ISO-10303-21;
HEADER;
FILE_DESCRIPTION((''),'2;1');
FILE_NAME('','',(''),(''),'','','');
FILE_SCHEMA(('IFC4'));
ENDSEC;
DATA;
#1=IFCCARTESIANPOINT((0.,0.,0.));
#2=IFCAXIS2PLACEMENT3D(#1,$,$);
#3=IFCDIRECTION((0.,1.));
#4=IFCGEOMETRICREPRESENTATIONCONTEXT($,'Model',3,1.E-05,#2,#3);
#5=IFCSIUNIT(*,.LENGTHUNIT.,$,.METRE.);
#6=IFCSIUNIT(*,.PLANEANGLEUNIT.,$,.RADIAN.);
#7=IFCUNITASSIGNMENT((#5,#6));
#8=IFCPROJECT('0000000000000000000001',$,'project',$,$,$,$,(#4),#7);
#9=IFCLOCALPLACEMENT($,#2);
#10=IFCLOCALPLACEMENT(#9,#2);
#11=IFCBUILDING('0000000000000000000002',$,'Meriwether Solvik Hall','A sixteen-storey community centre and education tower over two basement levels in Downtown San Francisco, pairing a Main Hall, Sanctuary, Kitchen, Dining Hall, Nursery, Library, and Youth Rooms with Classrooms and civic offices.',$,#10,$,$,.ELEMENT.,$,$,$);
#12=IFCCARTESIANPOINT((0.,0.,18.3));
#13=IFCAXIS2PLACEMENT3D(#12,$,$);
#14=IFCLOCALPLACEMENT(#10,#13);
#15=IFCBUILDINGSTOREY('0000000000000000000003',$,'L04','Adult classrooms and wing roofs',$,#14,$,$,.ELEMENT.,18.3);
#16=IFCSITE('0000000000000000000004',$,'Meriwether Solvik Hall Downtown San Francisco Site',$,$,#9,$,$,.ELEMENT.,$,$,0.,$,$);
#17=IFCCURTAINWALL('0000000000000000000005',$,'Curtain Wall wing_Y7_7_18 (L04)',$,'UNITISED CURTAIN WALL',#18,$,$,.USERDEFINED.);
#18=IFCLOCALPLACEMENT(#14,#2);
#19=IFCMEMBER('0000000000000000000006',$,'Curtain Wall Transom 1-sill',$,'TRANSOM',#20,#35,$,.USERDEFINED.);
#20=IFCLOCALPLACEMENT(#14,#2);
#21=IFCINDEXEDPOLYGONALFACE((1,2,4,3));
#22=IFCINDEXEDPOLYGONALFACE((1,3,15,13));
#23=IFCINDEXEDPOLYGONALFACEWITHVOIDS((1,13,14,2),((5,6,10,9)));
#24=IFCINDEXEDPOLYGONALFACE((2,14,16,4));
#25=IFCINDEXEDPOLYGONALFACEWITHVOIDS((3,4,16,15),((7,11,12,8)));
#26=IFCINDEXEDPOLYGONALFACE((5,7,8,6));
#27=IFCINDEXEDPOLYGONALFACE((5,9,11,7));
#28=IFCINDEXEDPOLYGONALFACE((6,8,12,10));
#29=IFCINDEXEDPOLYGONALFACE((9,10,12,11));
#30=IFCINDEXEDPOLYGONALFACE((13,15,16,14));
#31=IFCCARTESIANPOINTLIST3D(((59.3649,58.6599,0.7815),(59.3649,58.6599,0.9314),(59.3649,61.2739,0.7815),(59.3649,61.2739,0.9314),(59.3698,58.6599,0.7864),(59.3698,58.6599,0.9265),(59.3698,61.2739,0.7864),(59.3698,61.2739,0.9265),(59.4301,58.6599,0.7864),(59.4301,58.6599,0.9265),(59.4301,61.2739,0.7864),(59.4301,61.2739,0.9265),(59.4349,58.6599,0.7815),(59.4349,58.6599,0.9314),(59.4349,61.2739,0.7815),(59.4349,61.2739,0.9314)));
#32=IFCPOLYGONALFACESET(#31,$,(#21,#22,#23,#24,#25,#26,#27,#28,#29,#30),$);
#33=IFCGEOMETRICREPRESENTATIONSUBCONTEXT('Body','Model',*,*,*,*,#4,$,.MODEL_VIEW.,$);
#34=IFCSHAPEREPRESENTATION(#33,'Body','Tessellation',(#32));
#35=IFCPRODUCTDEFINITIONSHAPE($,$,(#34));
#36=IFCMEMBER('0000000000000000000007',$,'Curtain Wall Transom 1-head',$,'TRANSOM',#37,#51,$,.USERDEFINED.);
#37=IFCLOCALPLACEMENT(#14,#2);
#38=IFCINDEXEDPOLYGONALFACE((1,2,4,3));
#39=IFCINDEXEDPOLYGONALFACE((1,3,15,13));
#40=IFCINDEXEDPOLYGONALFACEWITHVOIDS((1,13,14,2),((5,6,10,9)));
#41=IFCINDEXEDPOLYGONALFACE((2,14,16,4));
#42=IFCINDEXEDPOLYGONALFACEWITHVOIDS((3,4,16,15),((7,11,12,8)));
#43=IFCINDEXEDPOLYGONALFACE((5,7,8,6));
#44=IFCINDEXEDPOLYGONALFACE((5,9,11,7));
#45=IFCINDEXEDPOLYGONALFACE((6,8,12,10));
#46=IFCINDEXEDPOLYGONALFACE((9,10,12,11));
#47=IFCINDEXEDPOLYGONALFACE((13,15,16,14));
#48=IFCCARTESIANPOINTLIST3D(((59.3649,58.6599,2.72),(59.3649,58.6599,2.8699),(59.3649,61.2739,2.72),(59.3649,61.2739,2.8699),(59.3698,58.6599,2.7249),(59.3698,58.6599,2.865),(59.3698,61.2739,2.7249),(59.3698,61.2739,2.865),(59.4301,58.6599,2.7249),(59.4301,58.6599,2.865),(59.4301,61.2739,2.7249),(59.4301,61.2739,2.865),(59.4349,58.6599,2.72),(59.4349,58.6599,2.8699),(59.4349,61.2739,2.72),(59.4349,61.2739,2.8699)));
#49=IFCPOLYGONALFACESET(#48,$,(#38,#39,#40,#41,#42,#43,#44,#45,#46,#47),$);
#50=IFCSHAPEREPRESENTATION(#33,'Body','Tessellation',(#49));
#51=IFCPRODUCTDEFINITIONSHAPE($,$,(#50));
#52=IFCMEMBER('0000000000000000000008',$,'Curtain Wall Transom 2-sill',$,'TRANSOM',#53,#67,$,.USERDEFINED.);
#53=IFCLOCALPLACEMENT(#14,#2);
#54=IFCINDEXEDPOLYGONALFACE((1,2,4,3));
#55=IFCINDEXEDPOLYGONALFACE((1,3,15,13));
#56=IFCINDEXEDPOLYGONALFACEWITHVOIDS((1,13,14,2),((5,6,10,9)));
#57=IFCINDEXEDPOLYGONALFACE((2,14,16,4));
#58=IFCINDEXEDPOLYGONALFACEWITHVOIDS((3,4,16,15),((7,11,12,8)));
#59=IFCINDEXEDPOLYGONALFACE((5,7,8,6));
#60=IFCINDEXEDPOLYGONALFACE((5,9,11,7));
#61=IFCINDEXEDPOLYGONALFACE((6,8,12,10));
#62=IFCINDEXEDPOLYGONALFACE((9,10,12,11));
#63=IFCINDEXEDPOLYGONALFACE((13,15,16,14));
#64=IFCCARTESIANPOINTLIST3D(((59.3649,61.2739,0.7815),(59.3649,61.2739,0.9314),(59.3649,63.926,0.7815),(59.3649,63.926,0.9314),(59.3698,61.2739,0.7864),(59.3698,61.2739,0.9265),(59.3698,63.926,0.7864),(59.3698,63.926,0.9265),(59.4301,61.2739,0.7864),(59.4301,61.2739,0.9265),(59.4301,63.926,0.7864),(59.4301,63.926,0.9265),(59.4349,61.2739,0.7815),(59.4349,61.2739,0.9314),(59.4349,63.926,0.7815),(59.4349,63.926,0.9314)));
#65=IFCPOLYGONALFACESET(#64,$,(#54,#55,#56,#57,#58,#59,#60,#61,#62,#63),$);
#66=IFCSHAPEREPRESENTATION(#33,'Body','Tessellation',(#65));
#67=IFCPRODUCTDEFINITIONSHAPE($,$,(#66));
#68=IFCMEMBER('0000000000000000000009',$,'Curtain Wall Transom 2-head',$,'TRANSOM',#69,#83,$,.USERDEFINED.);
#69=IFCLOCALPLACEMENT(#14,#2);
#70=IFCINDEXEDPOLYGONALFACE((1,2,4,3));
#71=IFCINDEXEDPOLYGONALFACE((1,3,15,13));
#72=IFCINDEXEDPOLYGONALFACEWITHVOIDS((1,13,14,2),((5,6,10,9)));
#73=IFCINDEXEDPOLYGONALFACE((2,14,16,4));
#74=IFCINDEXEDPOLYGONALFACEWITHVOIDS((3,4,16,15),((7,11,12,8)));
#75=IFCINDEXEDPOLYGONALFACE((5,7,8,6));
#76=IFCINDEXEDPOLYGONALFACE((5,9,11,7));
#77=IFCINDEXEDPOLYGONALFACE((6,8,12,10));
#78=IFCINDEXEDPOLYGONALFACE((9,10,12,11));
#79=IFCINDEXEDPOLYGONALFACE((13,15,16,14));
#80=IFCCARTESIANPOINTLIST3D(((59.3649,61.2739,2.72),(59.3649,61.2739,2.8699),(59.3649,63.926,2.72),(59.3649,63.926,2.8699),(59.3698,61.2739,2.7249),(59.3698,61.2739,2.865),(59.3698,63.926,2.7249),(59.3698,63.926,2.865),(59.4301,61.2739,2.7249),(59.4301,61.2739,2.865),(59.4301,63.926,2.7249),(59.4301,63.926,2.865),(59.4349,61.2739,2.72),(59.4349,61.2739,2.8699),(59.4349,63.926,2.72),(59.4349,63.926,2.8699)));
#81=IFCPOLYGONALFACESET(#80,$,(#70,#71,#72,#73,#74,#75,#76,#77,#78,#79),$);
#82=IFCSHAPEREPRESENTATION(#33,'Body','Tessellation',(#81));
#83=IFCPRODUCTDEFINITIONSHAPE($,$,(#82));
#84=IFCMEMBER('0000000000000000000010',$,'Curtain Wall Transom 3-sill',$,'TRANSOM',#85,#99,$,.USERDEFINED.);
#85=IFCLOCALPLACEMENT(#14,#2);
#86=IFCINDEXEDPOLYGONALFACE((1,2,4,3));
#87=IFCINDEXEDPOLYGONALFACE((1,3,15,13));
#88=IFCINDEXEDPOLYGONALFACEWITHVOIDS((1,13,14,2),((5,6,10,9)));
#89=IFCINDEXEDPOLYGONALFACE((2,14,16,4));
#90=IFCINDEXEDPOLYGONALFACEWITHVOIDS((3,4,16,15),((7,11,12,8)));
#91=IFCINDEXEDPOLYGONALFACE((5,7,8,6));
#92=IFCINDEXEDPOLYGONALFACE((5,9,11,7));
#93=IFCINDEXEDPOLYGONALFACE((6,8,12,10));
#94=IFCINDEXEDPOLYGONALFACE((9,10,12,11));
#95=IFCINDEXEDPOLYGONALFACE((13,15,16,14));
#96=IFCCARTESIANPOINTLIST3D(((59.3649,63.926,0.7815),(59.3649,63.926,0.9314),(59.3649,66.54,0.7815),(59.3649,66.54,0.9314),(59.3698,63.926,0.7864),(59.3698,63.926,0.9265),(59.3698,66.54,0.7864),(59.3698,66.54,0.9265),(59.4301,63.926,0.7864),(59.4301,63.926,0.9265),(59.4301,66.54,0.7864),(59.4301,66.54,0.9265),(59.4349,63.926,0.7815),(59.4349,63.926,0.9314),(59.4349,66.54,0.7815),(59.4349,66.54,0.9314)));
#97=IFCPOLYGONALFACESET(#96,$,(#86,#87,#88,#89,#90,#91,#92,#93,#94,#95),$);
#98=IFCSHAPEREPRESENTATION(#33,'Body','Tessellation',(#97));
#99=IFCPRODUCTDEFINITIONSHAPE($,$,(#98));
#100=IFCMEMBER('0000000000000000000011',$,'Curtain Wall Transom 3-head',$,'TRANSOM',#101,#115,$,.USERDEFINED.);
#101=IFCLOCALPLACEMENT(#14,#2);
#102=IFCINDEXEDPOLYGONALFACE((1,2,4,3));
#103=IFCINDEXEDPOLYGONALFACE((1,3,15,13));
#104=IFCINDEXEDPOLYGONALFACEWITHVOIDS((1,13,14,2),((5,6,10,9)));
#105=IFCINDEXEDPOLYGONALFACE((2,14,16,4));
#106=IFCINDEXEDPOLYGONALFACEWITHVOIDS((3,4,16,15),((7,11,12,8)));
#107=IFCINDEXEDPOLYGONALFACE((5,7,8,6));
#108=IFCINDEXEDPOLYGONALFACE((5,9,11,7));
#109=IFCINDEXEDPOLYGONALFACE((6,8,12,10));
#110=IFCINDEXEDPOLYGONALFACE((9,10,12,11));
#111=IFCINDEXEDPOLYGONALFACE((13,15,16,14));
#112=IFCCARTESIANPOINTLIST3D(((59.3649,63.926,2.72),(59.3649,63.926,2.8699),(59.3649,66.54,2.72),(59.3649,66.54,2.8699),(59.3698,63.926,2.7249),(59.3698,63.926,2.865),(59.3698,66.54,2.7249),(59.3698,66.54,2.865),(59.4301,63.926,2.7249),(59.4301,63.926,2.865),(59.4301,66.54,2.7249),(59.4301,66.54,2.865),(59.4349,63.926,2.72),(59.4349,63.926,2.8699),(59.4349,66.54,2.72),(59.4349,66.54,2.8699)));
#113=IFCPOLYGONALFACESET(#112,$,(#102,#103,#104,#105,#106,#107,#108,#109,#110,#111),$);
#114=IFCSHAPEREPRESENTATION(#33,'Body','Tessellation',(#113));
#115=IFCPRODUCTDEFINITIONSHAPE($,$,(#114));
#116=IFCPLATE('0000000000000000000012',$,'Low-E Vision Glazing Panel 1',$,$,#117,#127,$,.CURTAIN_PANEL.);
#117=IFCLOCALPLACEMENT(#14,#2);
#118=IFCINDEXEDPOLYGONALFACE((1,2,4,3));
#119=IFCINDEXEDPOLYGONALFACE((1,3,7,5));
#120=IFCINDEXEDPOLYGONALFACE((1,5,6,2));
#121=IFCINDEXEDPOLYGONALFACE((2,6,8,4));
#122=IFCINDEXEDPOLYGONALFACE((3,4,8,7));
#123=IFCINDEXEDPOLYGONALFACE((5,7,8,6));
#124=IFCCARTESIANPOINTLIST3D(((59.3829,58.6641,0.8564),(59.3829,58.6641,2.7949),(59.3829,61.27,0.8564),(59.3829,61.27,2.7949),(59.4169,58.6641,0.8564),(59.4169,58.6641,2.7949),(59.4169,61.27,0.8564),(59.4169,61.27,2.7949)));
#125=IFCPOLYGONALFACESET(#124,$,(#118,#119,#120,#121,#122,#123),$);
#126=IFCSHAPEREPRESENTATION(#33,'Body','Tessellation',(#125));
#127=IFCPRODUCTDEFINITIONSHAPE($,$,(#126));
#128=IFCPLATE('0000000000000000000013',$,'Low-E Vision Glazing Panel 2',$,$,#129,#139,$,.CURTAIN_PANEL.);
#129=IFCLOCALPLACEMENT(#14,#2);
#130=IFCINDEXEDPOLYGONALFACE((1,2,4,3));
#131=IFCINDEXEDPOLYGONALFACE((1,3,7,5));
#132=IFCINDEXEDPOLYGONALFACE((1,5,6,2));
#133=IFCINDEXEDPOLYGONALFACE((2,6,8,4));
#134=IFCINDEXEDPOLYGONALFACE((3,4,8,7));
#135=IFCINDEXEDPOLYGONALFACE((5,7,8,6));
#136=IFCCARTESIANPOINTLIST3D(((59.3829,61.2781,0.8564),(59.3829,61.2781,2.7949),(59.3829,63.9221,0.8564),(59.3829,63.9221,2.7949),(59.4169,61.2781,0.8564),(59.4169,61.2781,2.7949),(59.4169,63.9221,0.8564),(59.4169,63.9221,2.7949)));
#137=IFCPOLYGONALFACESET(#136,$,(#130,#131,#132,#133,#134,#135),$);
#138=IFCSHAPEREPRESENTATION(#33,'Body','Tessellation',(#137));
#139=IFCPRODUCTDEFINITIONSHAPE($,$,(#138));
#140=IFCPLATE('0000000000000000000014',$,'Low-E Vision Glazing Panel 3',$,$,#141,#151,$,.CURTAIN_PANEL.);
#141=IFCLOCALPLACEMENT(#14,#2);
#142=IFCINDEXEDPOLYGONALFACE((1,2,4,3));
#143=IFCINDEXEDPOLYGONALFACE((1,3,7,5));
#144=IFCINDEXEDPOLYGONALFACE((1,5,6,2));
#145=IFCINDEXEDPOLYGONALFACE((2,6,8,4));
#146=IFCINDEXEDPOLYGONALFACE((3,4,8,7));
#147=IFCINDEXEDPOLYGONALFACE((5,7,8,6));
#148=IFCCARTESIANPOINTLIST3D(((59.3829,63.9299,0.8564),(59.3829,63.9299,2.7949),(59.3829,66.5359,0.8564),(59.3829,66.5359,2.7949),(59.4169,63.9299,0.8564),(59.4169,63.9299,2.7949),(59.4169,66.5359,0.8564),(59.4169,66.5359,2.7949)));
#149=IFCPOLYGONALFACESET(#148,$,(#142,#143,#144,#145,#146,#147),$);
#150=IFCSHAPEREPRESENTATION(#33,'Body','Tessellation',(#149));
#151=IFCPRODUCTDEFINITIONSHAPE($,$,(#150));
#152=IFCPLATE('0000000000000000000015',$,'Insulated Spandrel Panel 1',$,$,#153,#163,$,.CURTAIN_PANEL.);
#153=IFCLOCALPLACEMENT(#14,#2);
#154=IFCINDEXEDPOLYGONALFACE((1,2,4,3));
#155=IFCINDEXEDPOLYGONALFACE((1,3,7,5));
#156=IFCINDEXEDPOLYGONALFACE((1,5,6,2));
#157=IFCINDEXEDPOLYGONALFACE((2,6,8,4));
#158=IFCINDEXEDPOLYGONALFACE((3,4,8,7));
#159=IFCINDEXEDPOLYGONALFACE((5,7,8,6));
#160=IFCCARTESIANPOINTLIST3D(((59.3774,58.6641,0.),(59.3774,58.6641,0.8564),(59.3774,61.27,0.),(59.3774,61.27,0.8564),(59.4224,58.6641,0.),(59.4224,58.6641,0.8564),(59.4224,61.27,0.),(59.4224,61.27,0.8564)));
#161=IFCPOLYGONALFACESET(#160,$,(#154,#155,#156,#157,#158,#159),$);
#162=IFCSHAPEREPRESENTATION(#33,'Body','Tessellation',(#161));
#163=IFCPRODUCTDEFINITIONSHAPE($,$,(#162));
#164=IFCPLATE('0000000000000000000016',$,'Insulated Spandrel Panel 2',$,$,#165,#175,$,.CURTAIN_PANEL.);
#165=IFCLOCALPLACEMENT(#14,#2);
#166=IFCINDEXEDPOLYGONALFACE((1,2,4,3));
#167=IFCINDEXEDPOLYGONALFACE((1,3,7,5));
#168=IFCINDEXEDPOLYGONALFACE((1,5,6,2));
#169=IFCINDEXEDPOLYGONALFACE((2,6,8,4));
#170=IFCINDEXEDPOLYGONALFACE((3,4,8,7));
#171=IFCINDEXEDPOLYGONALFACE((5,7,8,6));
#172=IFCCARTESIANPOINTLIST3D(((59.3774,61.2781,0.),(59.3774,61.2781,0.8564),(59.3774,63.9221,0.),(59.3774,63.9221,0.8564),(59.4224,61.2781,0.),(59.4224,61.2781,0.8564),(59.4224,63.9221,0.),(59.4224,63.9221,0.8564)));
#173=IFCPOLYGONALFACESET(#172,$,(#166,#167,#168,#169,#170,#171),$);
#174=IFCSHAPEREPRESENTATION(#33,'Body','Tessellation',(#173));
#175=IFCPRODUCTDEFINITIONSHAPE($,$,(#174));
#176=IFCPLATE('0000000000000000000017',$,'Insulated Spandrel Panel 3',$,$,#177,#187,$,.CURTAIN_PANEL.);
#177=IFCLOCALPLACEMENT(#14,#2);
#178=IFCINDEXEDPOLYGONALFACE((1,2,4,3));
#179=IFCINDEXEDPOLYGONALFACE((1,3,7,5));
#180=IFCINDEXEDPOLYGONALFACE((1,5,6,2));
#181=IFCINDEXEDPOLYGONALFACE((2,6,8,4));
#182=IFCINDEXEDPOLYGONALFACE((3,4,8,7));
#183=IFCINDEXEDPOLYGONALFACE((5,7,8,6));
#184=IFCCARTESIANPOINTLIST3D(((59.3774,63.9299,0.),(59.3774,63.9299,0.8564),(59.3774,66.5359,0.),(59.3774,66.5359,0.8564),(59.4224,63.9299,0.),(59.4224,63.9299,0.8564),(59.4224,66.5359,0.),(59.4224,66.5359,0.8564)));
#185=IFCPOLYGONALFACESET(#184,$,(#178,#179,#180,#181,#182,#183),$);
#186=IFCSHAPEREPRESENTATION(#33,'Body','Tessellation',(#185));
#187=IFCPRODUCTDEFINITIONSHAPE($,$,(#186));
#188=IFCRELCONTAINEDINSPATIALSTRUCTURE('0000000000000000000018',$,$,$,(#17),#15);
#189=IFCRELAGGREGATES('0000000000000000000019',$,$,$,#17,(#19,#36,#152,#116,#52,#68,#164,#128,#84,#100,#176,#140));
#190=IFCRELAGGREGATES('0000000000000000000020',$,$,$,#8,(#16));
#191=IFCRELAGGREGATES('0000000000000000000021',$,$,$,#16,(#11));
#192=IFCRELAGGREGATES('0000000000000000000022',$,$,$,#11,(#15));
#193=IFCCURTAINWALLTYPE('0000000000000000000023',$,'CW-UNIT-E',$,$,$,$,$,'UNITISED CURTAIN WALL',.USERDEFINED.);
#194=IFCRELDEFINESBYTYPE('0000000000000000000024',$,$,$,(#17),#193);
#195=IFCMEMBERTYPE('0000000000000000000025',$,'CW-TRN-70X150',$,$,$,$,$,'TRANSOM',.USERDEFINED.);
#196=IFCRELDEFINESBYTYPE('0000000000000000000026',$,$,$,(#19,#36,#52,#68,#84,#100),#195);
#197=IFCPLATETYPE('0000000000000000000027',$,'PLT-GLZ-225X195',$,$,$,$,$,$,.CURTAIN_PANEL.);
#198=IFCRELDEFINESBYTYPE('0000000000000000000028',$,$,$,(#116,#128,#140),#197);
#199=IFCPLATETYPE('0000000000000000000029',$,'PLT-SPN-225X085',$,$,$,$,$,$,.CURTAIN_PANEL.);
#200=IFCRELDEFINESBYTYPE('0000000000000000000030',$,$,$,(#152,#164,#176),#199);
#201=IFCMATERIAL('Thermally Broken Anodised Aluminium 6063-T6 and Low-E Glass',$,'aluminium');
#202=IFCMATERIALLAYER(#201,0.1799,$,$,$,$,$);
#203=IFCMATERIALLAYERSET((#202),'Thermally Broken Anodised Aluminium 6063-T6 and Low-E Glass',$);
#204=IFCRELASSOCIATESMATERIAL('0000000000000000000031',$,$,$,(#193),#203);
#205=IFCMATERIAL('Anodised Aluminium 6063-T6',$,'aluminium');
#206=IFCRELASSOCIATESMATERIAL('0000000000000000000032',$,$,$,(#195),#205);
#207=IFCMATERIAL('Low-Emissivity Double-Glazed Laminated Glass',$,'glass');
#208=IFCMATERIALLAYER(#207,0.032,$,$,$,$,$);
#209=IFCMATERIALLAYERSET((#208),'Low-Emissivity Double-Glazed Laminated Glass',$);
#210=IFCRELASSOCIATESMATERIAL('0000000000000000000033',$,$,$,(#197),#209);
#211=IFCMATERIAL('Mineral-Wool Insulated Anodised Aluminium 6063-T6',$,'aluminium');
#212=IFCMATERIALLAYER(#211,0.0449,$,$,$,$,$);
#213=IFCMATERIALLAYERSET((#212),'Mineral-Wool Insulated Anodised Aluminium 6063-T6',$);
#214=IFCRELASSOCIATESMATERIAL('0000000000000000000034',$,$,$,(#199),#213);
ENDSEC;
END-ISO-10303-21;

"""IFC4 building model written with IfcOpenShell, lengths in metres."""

from ifc_helpers import new_model, si_unit, direction, frame, origin, origin_2d, place, context, subcontext, project, spatial, rectangle, hollow_rectangle, extrude, material, layer, layer_set, material_profile, profile_set, type_object, element, aggregate, save


model = new_model("IFC4")

# Units and contexts
model_context = context("Model", 3, precision=1e-05, world=origin(), true_north=direction((0.0, 1.0)))
body_context = subcontext(model_context, "Body", "Model", "MODEL_VIEW")
ifc_project = project(units=[si_unit("LENGTHUNIT", "METRE"), si_unit("PLANEANGLEUNIT", "RADIAN")], contexts=[model_context])

# Site, building, storey
site_placement = place(None, origin())
site = spatial("IfcSite", under=ifc_project, at=site_placement, Name="Meriwether Solvik Hall Downtown San Francisco Site", CompositionType="ELEMENT", RefElevation=0.0)
building_placement = place(site_placement, origin())
building = spatial("IfcBuilding", under=site, at=building_placement, Name="Meriwether Solvik Hall", Description="A sixteen-storey community centre and education tower over two basement levels in Downtown San Francisco, pairing a Main Hall, Sanctuary, Kitchen, Dining Hall, Nursery, Library, and Youth Rooms with Classrooms and civic offices.", CompositionType="ELEMENT")
storey_placement = place(building_placement, frame((0.0, 0.0, 18.3)))
storey = spatial("IfcBuildingStorey", under=building, at=storey_placement, Name="L04", Description="Adult classrooms and wing roofs", CompositionType="ELEMENT", Elevation=18.3)

# Shared definitions
ifc_material_1 = material(Name="Thermally Broken Anodised Aluminium 6063-T6 and Low-E Glass", Category="aluminium")
ifc_layer_1 = layer(ifc_material_1, 0.1799)
ifc_layer_set_1 = layer_set([ifc_layer_1], Name="Thermally Broken Anodised Aluminium 6063-T6 and Low-E Glass")
curtain_wall_type = type_object("IfcCurtainWallType", Name="CW-UNIT-E", ElementType="UNITISED CURTAIN WALL", PredefinedType="USERDEFINED", material=ifc_layer_set_1)

# Curtain wall, members, plates
curtain_wall_1_placement = place(storey_placement, origin())
curtain_wall_1 = element("IfcCurtainWall", 1, at=curtain_wall_1_placement, inside=storey, type_object=curtain_wall_type, Name="Curtain Wall wing_Y7_7_18 (L04)", ObjectType="UNITISED CURTAIN WALL", PredefinedType="USERDEFINED")
ifc_material_2 = material(Name="Anodised Aluminium 6063-T6", Category="aluminium")
ifc_material_profile_1 = material_profile(ifc_material_2, hollow_rectangle(XDim=0.0701, YDim=0.1499, WallThickness=0.0049, at=origin_2d()), Name="CWT-70X150")
ifc_profile_set_1 = profile_set([ifc_material_profile_1], Name="Anodised Aluminium 6063-T6")
member_type_1 = type_object("IfcMemberType", Name="CW-TRN-70X150", ElementType="TRANSOM", PredefinedType="USERDEFINED", material=ifc_profile_set_1)
member_1_placement = place(storey_placement, frame((59.3999, 58.6599, 0.8564), z_axis=(0.0, 1.0, 0.0), x_axis=(-1.0, 0.0, 0.0)))
member_1 = element("IfcMember", 2, at=member_1_placement, type_object=member_type_1, Name="Curtain Wall Transom 1-sill", ObjectType="TRANSOM", PredefinedType="USERDEFINED", context=body_context, shape_type="SweptSolid", body=[
    extrude(hollow_rectangle(XDim=0.0701, YDim=0.1499, WallThickness=0.0049, at=origin_2d()), origin(), (0.0, 0.0, 1.0), 2.614),
])
member_2_placement = place(storey_placement, frame((59.3999, 58.6599, 2.7949), z_axis=(0.0, 1.0, 0.0), x_axis=(-1.0, 0.0, 0.0)))
member_2 = element("IfcMember", 3, at=member_2_placement, type_object=member_type_1, Name="Curtain Wall Transom 1-head", ObjectType="TRANSOM", PredefinedType="USERDEFINED", context=body_context, shape_type="SweptSolid", body=[
    extrude(hollow_rectangle(XDim=0.0701, YDim=0.1499, WallThickness=0.0049, at=origin_2d()), origin(), (0.0, 0.0, 1.0), 2.614),
])
member_3_placement = place(storey_placement, frame((59.3999, 61.2739, 0.8564), z_axis=(0.0, 1.0, 0.0), x_axis=(-1.0, 0.0, 0.0)))
member_3 = element("IfcMember", 4, at=member_3_placement, type_object=member_type_1, Name="Curtain Wall Transom 2-sill", ObjectType="TRANSOM", PredefinedType="USERDEFINED", context=body_context, shape_type="SweptSolid", body=[
    extrude(hollow_rectangle(XDim=0.0701, YDim=0.1499, WallThickness=0.0049, at=origin_2d()), origin(), (0.0, 0.0, 1.0), 2.6521),
])
member_4_placement = place(storey_placement, frame((59.3999, 61.2739, 2.7949), z_axis=(0.0, 1.0, 0.0), x_axis=(-1.0, 0.0, 0.0)))
member_4 = element("IfcMember", 5, at=member_4_placement, type_object=member_type_1, Name="Curtain Wall Transom 2-head", ObjectType="TRANSOM", PredefinedType="USERDEFINED", context=body_context, shape_type="SweptSolid", body=[
    extrude(hollow_rectangle(XDim=0.0701, YDim=0.1499, WallThickness=0.0049, at=origin_2d()), origin(), (0.0, 0.0, 1.0), 2.6521),
])
member_5_placement = place(storey_placement, frame((59.3999, 63.926, 0.8564), z_axis=(0.0, 1.0, 0.0), x_axis=(-1.0, 0.0, 0.0)))
member_5 = element("IfcMember", 6, at=member_5_placement, type_object=member_type_1, Name="Curtain Wall Transom 3-sill", ObjectType="TRANSOM", PredefinedType="USERDEFINED", context=body_context, shape_type="SweptSolid", body=[
    extrude(hollow_rectangle(XDim=0.0701, YDim=0.1499, WallThickness=0.0049, at=origin_2d()), origin(), (0.0, 0.0, 1.0), 2.614),
])
member_6_placement = place(storey_placement, frame((59.3999, 63.926, 2.7949), z_axis=(0.0, 1.0, 0.0), x_axis=(-1.0, 0.0, 0.0)))
member_6 = element("IfcMember", 7, at=member_6_placement, type_object=member_type_1, Name="Curtain Wall Transom 3-head", ObjectType="TRANSOM", PredefinedType="USERDEFINED", context=body_context, shape_type="SweptSolid", body=[
    extrude(hollow_rectangle(XDim=0.0701, YDim=0.1499, WallThickness=0.0049, at=origin_2d()), origin(), (0.0, 0.0, 1.0), 2.614),
])
ifc_material_3 = material(Name="Low-Emissivity Double-Glazed Laminated Glass", Category="glass")
ifc_layer_2 = layer(ifc_material_3, 0.032)
ifc_layer_set_2 = layer_set([ifc_layer_2], Name="Low-Emissivity Double-Glazed Laminated Glass")
plate_type_1 = type_object("IfcPlateType", Name="PLT-GLZ-225X195", PredefinedType="CURTAIN_PANEL", material=ifc_layer_set_2)
plate_1_placement = place(storey_placement, frame((59.3999, 59.967, 0.8564), z_axis=(0.0, 0.0, 1.0), x_axis=(0.0, 1.0, 0.0)))
plate_1 = element("IfcPlate", 8, at=plate_1_placement, type_object=plate_type_1, Name="Low-E Vision Glazing Panel 1", PredefinedType="CURTAIN_PANEL", context=body_context, shape_type="SweptSolid", body=[
    extrude(rectangle(XDim=2.606, YDim=0.0339, at=origin_2d()), origin(), (0.0, 0.0, 1.0), 1.9385),
])
plate_2_placement = place(storey_placement, frame((59.3999, 62.6001, 0.8564), z_axis=(0.0, 0.0, 1.0), x_axis=(0.0, 1.0, 0.0)))
plate_2 = element("IfcPlate", 9, at=plate_2_placement, type_object=plate_type_1, Name="Low-E Vision Glazing Panel 2", PredefinedType="CURTAIN_PANEL", context=body_context, shape_type="SweptSolid", body=[
    extrude(rectangle(XDim=2.644, YDim=0.0339, at=origin_2d()), origin(), (0.0, 0.0, 1.0), 1.9385),
])
plate_3_placement = place(storey_placement, frame((59.3999, 65.2329, 0.8564), z_axis=(0.0, 0.0, 1.0), x_axis=(0.0, 1.0, 0.0)))
plate_3 = element("IfcPlate", 10, at=plate_3_placement, type_object=plate_type_1, Name="Low-E Vision Glazing Panel 3", PredefinedType="CURTAIN_PANEL", context=body_context, shape_type="SweptSolid", body=[
    extrude(rectangle(XDim=2.606, YDim=0.0339, at=origin_2d()), origin(), (0.0, 0.0, 1.0), 1.9385),
])
ifc_material_4 = material(Name="Mineral-Wool Insulated Anodised Aluminium 6063-T6", Category="aluminium")
ifc_layer_3 = layer(ifc_material_4, 0.0449)
ifc_layer_set_3 = layer_set([ifc_layer_3], Name="Mineral-Wool Insulated Anodised Aluminium 6063-T6")
plate_type_2 = type_object("IfcPlateType", Name="PLT-SPN-225X085", PredefinedType="CURTAIN_PANEL", material=ifc_layer_set_3)
plate_4_placement = place(storey_placement, frame((59.3999, 59.967, 0.0), z_axis=(0.0, 0.0, 1.0), x_axis=(0.0, 1.0, 0.0)))
plate_4 = element("IfcPlate", 11, at=plate_4_placement, type_object=plate_type_2, Name="Insulated Spandrel Panel 1", PredefinedType="CURTAIN_PANEL", context=body_context, shape_type="SweptSolid", body=[
    extrude(rectangle(XDim=2.606, YDim=0.0449, at=origin_2d()), origin(), (0.0, 0.0, 1.0), 0.8564),
])
plate_5_placement = place(storey_placement, frame((59.3999, 62.6001, 0.0), z_axis=(0.0, 0.0, 1.0), x_axis=(0.0, 1.0, 0.0)))
plate_5 = element("IfcPlate", 12, at=plate_5_placement, type_object=plate_type_2, Name="Insulated Spandrel Panel 2", PredefinedType="CURTAIN_PANEL", context=body_context, shape_type="SweptSolid", body=[
    extrude(rectangle(XDim=2.644, YDim=0.0449, at=origin_2d()), origin(), (0.0, 0.0, 1.0), 0.8564),
])
plate_6_placement = place(storey_placement, frame((59.3999, 65.2329, 0.0), z_axis=(0.0, 0.0, 1.0), x_axis=(0.0, 1.0, 0.0)))
plate_6 = element("IfcPlate", 13, at=plate_6_placement, type_object=plate_type_2, Name="Insulated Spandrel Panel 3", PredefinedType="CURTAIN_PANEL", context=body_context, shape_type="SweptSolid", body=[
    extrude(rectangle(XDim=2.606, YDim=0.0449, at=origin_2d()), origin(), (0.0, 0.0, 1.0), 0.8564),
])
aggregate(curtain_wall_1, [member_1, member_2, plate_4, plate_1, member_3, member_4, plate_5, plate_2, member_5, member_6, plate_6, plate_3])

save(model, "model.ifc")
